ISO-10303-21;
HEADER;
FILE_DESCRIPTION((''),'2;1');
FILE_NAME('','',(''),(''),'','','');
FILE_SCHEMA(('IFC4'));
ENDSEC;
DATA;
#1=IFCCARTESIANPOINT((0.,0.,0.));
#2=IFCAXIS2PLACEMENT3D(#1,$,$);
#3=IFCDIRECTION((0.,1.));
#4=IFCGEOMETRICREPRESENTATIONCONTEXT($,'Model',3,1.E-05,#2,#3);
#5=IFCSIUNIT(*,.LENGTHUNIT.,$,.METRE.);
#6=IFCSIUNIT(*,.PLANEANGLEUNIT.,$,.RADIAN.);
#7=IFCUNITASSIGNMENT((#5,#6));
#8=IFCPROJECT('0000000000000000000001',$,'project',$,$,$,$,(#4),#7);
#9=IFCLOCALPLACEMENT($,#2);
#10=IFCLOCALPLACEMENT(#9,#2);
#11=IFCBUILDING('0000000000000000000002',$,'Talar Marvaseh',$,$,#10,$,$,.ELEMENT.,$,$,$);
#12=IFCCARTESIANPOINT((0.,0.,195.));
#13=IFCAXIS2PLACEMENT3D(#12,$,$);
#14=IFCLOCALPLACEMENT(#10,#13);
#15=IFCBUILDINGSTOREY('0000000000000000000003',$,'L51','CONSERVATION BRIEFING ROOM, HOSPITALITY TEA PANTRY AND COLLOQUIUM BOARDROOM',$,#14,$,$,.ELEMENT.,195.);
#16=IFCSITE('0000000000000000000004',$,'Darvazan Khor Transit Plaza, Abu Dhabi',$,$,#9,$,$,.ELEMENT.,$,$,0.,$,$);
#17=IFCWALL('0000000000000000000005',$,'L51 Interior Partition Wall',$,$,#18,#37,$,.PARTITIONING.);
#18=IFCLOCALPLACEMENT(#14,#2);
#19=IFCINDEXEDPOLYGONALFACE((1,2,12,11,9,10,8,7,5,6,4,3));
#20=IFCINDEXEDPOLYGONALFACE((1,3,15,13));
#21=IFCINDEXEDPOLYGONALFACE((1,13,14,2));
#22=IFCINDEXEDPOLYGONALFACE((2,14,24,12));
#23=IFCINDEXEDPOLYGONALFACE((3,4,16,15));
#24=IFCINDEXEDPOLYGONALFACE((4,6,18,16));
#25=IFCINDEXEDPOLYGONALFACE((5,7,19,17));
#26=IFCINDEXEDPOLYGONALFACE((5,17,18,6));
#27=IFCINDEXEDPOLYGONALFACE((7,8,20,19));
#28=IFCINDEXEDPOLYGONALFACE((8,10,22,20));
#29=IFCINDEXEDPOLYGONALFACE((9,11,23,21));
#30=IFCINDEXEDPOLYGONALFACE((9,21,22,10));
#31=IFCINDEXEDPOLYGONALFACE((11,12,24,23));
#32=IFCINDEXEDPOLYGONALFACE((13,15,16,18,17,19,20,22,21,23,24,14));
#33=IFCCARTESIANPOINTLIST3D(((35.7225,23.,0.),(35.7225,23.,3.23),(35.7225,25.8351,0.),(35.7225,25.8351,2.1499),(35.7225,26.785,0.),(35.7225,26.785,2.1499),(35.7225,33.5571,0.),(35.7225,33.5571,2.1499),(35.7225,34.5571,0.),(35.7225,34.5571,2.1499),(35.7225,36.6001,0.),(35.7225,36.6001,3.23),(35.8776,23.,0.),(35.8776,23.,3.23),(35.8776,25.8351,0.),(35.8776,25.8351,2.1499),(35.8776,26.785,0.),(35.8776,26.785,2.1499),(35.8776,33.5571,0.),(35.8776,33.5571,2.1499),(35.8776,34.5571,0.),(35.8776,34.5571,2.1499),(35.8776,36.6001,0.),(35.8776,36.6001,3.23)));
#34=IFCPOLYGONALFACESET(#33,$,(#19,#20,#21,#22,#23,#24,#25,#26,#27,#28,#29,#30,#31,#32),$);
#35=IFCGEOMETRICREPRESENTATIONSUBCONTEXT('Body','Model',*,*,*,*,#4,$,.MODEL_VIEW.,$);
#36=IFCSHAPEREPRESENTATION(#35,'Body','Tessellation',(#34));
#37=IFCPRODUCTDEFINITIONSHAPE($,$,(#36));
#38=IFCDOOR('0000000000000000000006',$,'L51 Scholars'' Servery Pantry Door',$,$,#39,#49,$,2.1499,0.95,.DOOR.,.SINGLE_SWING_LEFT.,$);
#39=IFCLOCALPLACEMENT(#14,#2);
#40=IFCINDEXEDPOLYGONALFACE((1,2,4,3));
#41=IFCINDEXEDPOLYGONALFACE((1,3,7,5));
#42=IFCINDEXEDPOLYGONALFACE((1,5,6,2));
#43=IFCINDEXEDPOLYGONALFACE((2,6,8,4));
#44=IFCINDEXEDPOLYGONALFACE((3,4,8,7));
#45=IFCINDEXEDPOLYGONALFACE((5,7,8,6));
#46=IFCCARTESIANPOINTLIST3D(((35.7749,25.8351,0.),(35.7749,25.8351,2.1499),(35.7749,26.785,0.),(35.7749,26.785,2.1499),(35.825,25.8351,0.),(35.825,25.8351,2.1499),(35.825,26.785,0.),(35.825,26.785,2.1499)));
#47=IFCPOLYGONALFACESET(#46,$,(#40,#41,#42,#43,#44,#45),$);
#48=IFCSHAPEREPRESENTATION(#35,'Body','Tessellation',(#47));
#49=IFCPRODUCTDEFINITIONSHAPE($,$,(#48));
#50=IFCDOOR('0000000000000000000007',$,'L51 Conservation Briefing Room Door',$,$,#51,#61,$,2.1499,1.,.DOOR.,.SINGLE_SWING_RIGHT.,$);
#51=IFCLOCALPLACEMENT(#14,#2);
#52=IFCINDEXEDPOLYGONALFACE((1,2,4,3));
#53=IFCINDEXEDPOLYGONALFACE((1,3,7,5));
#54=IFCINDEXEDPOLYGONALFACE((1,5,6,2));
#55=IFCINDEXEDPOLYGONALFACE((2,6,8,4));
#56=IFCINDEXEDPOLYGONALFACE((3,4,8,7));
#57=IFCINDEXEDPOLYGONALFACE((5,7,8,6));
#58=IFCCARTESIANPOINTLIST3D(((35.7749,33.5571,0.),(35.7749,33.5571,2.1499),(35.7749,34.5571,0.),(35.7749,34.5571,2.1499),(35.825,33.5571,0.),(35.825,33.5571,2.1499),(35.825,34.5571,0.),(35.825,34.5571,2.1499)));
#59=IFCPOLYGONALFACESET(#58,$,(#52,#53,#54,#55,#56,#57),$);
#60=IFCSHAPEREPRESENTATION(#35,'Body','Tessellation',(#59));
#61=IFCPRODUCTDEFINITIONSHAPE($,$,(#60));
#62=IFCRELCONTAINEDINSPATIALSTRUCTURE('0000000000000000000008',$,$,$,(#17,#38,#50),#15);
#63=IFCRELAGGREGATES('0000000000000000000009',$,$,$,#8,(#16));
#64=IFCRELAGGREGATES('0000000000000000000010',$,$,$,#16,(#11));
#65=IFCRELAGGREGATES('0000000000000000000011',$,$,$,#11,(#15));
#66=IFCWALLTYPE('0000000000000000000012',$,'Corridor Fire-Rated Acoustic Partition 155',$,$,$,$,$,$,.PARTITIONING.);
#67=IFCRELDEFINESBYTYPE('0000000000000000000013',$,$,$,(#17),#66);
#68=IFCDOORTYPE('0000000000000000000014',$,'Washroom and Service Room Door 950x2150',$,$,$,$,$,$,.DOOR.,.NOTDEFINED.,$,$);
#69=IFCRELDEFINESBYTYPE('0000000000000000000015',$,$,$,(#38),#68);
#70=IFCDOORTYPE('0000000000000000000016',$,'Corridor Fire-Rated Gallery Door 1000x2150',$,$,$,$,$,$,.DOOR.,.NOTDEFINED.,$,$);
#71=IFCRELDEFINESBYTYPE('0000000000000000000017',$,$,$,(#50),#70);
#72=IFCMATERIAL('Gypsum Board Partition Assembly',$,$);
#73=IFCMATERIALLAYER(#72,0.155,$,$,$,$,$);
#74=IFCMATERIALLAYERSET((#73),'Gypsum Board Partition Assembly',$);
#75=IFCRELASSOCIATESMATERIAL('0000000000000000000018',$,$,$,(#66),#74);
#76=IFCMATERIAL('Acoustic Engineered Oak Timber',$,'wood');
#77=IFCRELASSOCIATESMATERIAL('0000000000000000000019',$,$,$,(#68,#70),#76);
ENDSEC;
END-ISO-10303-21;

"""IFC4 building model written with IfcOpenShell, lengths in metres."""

from ifc_helpers import new_model, si_unit, direction, frame, frame_2d, origin, place, context, subcontext, project, spatial, rectangle, extrude, source, transform, mapped, material, layer, layer_set, type_object, type_shapes, element, fill, save


model = new_model("IFC4")

# Units and contexts
model_context = context("Model", 3, precision=1e-05, world=origin(), true_north=direction((0.0, 1.0)))
body_context = subcontext(model_context, "Body", "Model", "MODEL_VIEW")
ifc_project = project(units=[si_unit("LENGTHUNIT", "METRE"), si_unit("PLANEANGLEUNIT", "RADIAN")], contexts=[model_context])

# Site, building, storey
site_placement = place(None, origin())
site = spatial("IfcSite", under=ifc_project, at=site_placement, Name="Darvazan Khor Transit Plaza, Abu Dhabi", CompositionType="ELEMENT", RefElevation=0.0)
building_placement = place(site_placement, origin())
building = spatial("IfcBuilding", under=site, at=building_placement, Name="Talar Marvaseh", CompositionType="ELEMENT")
storey_placement = place(building_placement, frame((0.0, 0.0, 195.0)))
storey = spatial("IfcBuildingStorey", under=building, at=storey_placement, Name="L51", Description="CONSERVATION BRIEFING ROOM, HOSPITALITY TEA PANTRY AND COLLOQUIUM BOARDROOM", CompositionType="ELEMENT", Elevation=195.0)

# Wall, openings, doors
ifc_material_1 = material(Name="Gypsum Board Partition Assembly")
ifc_layer_1 = layer(ifc_material_1, 0.155)
ifc_layer_set_1 = layer_set([ifc_layer_1], Name="Gypsum Board Partition Assembly")
wall_type_1 = type_object("IfcWallType", Name="Corridor Fire-Rated Acoustic Partition 155", PredefinedType="PARTITIONING", material=ifc_layer_set_1)
wall_1_placement = place(storey_placement, frame((35.8, 36.6001, 0.0), z_axis=(0.0, 0.0, 1.0), x_axis=(0.0, -1.0, 0.0)))
wall_1 = element("IfcWall", 1, at=wall_1_placement, inside=storey, type_object=wall_type_1, Name="L51 Interior Partition Wall", PredefinedType="PARTITIONING", context=body_context, shape_type="SweptSolid", body=[
    extrude(rectangle(XDim=13.6001, YDim=0.155, at=frame_2d((6.8, 0.0))), origin(), (0.0, 0.0, 1.0), 3.23),
])
opening_1_placement = place(wall_1_placement, frame((9.8149, 0.0, 0.0)))
opening_1 = element("IfcOpeningElement", 2, at=opening_1_placement, cuts=wall_1, PredefinedType="OPENING", context=body_context, shape_type="SweptSolid", body=[
    extrude(rectangle(XDim=0.95, YDim=2.1499, at=frame_2d((0.4751, 1.075))), frame((0.0, 0.0874, 0.0), z_axis=(0.0, -1.0, 0.0), x_axis=(1.0, 0.0, 0.0)), (0.0, 0.0, 1.0), 0.175),
])
opening_2_placement = place(wall_1_placement, frame((2.043, 0.0, 0.0)))
opening_2 = element("IfcOpeningElement", 3, at=opening_2_placement, cuts=wall_1, PredefinedType="OPENING", context=body_context, shape_type="SweptSolid", body=[
    extrude(rectangle(XDim=1.0, YDim=2.1499, at=frame_2d((0.5, 1.075))), frame((0.0, 0.0874, 0.0), z_axis=(0.0, -1.0, 0.0), x_axis=(1.0, 0.0, 0.0)), (0.0, 0.0, 1.0), 0.175),
])
ifc_material_2 = material(Name="Acoustic Engineered Oak Timber", Category="wood")
door_type_1 = type_object("IfcDoorType", Name="Washroom and Service Room Door 950x2150", OperationType="NOTDEFINED", PredefinedType="DOOR", material=ifc_material_2)
shared_shape_1 = source(origin(), body_context, "Body", "SweptSolid", [
    extrude(rectangle(XDim=0.95, YDim=2.1499, at=frame_2d((0.4751, 1.075))), frame((0.0, 0.0249, 0.0), z_axis=(0.0, -1.0, 0.0), x_axis=(1.0, 0.0, 0.0)), (0.0, 0.0, 1.0), 0.05),
])
type_shapes(door_type_1, [shared_shape_1])
door_1_placement = place(opening_1_placement, origin())
door_1 = element("IfcDoor", 4, at=door_1_placement, inside=storey, type_object=door_type_1, Name="L51 Scholars' Servery Pantry Door", OperationType="SINGLE_SWING_LEFT", OverallHeight=2.1499, OverallWidth=0.95, PredefinedType="DOOR", context=body_context, shape_type="MappedRepresentation", body=[
    mapped(shared_shape_1, transform((0.0, 0.0, 0.0), x_axis=(1.0, 0.0, 0.0), y_axis=(0.0, 1.0, 0.0), z_axis=(0.0, 0.0, 1.0), scale=1.0)),
])
fill(opening_1, door_1)
door_type_2 = type_object("IfcDoorType", Name="Corridor Fire-Rated Gallery Door 1000x2150", OperationType="NOTDEFINED", PredefinedType="DOOR", material=ifc_material_2)
shared_shape_2 = source(origin(), body_context, "Body", "SweptSolid", [
    extrude(rectangle(XDim=1.0, YDim=2.1499, at=frame_2d((0.5, 1.075))), frame((0.0, 0.0249, 0.0), z_axis=(0.0, -1.0, 0.0), x_axis=(1.0, 0.0, 0.0)), (0.0, 0.0, 1.0), 0.05),
])
type_shapes(door_type_2, [shared_shape_2])
door_2_placement = place(opening_2_placement, origin())
door_2 = element("IfcDoor", 5, at=door_2_placement, inside=storey, type_object=door_type_2, Name="L51 Conservation Briefing Room Door", OperationType="SINGLE_SWING_RIGHT", OverallHeight=2.1499, OverallWidth=1.0, PredefinedType="DOOR", context=body_context, shape_type="MappedRepresentation", body=[
    mapped(shared_shape_2, transform((0.0, 0.0, 0.0), x_axis=(1.0, 0.0, 0.0), y_axis=(0.0, 1.0, 0.0), z_axis=(0.0, 0.0, 1.0), scale=1.0)),
])
fill(opening_2, door_2)

save(model, "model.ifc")
